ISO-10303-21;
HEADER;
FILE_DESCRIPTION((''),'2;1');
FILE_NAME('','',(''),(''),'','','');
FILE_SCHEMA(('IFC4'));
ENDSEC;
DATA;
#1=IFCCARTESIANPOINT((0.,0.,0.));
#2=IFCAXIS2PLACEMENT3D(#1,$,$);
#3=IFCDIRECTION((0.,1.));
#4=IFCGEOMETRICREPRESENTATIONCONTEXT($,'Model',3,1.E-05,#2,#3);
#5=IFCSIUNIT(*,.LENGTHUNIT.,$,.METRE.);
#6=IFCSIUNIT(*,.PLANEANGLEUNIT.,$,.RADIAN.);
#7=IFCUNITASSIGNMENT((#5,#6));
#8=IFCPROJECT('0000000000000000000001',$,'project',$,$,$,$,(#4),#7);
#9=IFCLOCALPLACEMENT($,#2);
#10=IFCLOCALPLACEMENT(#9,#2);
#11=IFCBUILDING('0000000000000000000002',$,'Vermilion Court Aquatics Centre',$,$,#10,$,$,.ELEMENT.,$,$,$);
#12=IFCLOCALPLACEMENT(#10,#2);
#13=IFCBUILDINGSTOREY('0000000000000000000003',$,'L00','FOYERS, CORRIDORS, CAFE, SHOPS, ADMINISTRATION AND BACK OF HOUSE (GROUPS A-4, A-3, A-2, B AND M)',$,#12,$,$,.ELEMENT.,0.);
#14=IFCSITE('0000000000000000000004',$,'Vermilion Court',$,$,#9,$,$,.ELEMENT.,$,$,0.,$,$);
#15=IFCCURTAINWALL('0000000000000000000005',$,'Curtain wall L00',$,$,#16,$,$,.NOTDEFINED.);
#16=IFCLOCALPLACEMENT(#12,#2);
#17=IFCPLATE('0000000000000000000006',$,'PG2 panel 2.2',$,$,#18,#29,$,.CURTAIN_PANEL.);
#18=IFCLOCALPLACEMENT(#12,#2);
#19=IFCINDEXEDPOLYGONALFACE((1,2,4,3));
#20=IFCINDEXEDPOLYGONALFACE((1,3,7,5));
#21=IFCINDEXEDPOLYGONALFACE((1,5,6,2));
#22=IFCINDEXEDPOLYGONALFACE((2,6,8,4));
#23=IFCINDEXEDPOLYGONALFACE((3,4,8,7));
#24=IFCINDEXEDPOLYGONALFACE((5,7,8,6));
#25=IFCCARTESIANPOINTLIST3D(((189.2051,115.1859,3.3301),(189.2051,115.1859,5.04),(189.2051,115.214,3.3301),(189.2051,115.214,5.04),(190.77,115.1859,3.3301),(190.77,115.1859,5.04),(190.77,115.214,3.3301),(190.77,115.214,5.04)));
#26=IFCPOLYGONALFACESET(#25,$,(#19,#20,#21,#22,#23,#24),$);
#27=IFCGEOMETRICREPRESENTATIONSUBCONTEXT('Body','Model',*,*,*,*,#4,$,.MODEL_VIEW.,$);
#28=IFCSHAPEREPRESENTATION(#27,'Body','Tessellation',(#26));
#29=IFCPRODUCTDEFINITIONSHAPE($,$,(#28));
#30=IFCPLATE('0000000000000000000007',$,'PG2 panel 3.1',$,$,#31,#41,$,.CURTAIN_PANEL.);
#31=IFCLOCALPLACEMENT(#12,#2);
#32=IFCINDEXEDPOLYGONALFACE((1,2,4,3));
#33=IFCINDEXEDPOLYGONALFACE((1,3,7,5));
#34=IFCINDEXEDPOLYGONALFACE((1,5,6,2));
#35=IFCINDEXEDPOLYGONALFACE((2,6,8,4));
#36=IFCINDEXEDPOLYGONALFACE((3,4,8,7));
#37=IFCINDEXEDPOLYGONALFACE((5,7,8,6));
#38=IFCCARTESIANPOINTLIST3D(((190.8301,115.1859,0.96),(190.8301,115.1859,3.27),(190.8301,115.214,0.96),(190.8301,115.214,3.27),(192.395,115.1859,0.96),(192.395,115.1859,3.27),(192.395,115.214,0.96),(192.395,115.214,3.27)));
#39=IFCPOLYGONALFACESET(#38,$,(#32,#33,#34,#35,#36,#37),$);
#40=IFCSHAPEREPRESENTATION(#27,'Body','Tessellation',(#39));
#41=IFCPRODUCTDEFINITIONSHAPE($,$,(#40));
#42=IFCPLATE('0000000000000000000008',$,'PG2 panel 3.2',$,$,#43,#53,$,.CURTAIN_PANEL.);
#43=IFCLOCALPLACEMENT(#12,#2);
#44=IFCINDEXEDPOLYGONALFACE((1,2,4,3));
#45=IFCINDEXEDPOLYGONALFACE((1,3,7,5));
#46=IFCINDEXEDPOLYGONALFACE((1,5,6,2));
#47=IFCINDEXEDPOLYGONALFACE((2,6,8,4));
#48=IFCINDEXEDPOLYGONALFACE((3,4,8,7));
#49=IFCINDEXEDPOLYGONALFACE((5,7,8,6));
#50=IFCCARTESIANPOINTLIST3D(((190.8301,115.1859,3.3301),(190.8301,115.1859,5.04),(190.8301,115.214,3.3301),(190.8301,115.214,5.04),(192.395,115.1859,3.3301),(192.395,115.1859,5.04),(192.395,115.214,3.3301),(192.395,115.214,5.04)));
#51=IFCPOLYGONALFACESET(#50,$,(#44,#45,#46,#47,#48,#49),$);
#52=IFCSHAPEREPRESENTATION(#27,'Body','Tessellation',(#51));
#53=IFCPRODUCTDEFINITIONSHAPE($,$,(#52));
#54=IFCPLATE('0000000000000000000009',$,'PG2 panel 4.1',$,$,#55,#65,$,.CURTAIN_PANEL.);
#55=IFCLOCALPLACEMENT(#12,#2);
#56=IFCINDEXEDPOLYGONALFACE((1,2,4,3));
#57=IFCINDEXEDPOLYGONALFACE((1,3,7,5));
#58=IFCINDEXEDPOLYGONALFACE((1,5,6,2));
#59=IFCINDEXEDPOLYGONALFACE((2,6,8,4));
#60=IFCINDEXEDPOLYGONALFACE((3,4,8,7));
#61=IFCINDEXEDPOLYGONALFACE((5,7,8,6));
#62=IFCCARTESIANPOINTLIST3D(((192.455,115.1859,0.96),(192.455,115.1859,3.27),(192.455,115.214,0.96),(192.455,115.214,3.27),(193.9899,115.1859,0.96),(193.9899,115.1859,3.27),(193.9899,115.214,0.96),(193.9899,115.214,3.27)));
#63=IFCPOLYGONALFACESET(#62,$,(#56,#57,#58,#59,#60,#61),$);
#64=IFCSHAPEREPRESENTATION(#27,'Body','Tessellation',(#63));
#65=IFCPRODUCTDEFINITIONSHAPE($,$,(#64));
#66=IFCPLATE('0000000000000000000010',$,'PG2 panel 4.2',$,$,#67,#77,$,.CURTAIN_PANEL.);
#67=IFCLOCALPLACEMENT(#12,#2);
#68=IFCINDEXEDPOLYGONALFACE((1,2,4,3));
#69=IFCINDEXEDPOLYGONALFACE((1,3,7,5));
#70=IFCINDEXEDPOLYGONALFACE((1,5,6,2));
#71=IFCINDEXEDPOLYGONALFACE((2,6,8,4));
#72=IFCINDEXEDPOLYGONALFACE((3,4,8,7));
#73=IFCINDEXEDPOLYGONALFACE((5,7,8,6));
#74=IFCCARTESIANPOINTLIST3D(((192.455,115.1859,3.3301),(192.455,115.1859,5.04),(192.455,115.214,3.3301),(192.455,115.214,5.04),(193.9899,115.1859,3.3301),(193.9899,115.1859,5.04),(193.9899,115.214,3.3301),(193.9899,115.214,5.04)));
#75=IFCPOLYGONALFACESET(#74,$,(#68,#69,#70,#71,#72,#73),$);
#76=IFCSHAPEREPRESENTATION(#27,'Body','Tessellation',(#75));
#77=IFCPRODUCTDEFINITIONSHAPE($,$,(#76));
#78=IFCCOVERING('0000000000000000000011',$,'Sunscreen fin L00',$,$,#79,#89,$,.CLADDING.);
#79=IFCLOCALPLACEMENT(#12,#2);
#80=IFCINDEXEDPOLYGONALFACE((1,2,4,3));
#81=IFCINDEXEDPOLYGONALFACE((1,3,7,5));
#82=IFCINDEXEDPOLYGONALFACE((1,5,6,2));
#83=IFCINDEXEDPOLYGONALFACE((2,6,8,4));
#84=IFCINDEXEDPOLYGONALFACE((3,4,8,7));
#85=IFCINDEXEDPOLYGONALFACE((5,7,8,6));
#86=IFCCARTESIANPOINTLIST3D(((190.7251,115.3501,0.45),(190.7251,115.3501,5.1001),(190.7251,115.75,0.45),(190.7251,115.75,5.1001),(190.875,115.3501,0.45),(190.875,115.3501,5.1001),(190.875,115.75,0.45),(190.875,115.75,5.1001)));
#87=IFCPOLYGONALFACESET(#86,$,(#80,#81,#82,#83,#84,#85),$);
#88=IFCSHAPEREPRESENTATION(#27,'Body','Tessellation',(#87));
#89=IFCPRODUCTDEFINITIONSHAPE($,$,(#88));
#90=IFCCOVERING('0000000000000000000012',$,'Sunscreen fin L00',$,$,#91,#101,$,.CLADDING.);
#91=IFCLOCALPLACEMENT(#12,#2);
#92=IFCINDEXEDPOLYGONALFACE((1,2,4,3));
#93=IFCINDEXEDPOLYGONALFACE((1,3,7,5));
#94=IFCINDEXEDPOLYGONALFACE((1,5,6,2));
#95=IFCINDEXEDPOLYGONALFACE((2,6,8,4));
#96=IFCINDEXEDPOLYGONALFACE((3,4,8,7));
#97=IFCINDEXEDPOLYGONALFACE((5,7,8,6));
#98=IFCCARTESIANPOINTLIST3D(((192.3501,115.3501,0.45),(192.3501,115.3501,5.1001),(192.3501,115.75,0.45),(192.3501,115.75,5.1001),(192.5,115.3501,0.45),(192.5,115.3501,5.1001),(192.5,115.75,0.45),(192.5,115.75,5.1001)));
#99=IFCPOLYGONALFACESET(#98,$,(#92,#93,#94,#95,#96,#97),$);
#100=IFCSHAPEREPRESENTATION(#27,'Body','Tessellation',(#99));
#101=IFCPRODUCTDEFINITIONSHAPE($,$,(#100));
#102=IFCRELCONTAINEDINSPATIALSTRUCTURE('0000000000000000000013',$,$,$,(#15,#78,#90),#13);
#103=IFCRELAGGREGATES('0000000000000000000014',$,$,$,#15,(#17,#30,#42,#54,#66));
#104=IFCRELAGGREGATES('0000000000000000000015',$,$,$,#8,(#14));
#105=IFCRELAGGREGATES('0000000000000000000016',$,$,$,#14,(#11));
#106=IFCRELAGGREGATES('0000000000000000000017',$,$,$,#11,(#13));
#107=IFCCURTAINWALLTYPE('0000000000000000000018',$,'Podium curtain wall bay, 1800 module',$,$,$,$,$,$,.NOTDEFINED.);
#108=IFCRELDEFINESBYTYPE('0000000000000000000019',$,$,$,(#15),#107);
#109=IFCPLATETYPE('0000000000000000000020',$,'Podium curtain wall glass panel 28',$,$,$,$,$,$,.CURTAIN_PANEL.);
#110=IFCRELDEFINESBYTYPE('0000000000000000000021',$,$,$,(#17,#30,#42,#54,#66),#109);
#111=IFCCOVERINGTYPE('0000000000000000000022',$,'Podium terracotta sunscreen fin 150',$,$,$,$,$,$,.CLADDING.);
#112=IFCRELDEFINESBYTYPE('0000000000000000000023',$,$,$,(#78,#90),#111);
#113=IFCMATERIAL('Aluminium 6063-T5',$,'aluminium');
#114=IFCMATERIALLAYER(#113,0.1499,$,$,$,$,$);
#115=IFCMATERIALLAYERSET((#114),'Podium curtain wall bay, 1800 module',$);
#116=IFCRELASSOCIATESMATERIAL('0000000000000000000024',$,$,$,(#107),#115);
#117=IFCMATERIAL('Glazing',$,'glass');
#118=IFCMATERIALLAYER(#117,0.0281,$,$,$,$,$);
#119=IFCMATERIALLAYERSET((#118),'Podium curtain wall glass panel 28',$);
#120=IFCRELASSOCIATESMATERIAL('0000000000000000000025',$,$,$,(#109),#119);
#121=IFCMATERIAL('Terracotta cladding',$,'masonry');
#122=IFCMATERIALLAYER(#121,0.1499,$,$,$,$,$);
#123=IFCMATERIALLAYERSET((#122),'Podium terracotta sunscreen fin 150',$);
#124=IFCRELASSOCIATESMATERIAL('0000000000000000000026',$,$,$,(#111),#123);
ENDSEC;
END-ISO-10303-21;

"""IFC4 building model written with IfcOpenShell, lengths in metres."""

from ifc_helpers import new_model, si_unit, direction, frame, frame_2d, origin, origin_2d, place, context, subcontext, project, spatial, rectangle, extrude, material, layer, layer_set, type_object, element, aggregate, save


model = new_model("IFC4")

# Units and contexts
model_context = context("Model", 3, precision=1e-05, world=origin(), true_north=direction((0.0, 1.0)))
body_context = subcontext(model_context, "Body", "Model", "MODEL_VIEW")
ifc_project = project(units=[si_unit("LENGTHUNIT", "METRE"), si_unit("PLANEANGLEUNIT", "RADIAN")], contexts=[model_context])

# Site, building, storey
site_placement = place(None, origin())
site = spatial("IfcSite", under=ifc_project, at=site_placement, Name="Vermilion Court", CompositionType="ELEMENT", RefElevation=0.0)
building_placement = place(site_placement, origin())
building = spatial("IfcBuilding", under=site, at=building_placement, Name="Vermilion Court Aquatics Centre", CompositionType="ELEMENT")
storey_placement = place(building_placement, origin())
storey = spatial("IfcBuildingStorey", under=building, at=storey_placement, Name="L00", Description="FOYERS, CORRIDORS, CAFE, SHOPS, ADMINISTRATION AND BACK OF HOUSE (GROUPS A-4, A-3, A-2, B AND M)", CompositionType="ELEMENT", Elevation=0.0)

# Curtain wall, plates
ifc_material_1 = material(Name="Aluminium 6063-T5", Category="aluminium")
ifc_layer_1 = layer(ifc_material_1, 0.1499)
ifc_layer_set_1 = layer_set([ifc_layer_1], Name="Podium curtain wall bay, 1800 module")
curtain_wall_type = type_object("IfcCurtainWallType", Name="Podium curtain wall bay, 1800 module", PredefinedType="NOTDEFINED", material=ifc_layer_set_1)
curtain_wall_placement = place(storey_placement, origin())
curtain_wall = element("IfcCurtainWall", 1, at=curtain_wall_placement, inside=storey, type_object=curtain_wall_type, Name="Curtain wall L00", PredefinedType="NOTDEFINED")
ifc_material_2 = material(Name="Glazing", Category="glass")
ifc_layer_2 = layer(ifc_material_2, 0.0281)
ifc_layer_set_2 = layer_set([ifc_layer_2], Name="Podium curtain wall glass panel 28")
plate_type = type_object("IfcPlateType", Name="Podium curtain wall glass panel 28", PredefinedType="CURTAIN_PANEL", material=ifc_layer_set_2)
plate_1_placement = place(storey_placement, frame((189.9875, 115.2, 3.3301), z_axis=(0.0, 0.0, 1.0), x_axis=(1.0, 0.0, 0.0)))
plate_1 = element("IfcPlate", 2, at=plate_1_placement, type_object=plate_type, Name="PG2 panel 2.2", PredefinedType="CURTAIN_PANEL", context=body_context, shape_type="SweptSolid", body=[
    extrude(rectangle(XDim=1.5649, YDim=0.0281, at=origin_2d()), origin(), (0.0, 0.0, 1.0), 1.71),
])
plate_2_placement = place(storey_placement, frame((191.6125, 115.2, 0.96), z_axis=(0.0, 0.0, 1.0), x_axis=(1.0, 0.0, 0.0)))
plate_2 = element("IfcPlate", 3, at=plate_2_placement, type_object=plate_type, Name="PG2 panel 3.1", PredefinedType="CURTAIN_PANEL", context=body_context, shape_type="SweptSolid", body=[
    extrude(rectangle(XDim=1.5649, YDim=0.0281, at=origin_2d()), origin(), (0.0, 0.0, 1.0), 2.3101),
])
plate_3_placement = place(storey_placement, frame((191.6125, 115.2, 3.3301), z_axis=(0.0, 0.0, 1.0), x_axis=(1.0, 0.0, 0.0)))
plate_3 = element("IfcPlate", 4, at=plate_3_placement, type_object=plate_type, Name="PG2 panel 3.2", PredefinedType="CURTAIN_PANEL", context=body_context, shape_type="SweptSolid", body=[
    extrude(rectangle(XDim=1.5649, YDim=0.0281, at=origin_2d()), origin(), (0.0, 0.0, 1.0), 1.71),
])
plate_4_placement = place(storey_placement, frame((193.2224, 115.2, 0.96), z_axis=(0.0, 0.0, 1.0), x_axis=(1.0, 0.0, 0.0)))
plate_4 = element("IfcPlate", 5, at=plate_4_placement, type_object=plate_type, Name="PG2 panel 4.1", PredefinedType="CURTAIN_PANEL", context=body_context, shape_type="SweptSolid", body=[
    extrude(rectangle(XDim=1.5349, YDim=0.0281, at=origin_2d()), origin(), (0.0, 0.0, 1.0), 2.3101),
])
plate_5_placement = place(storey_placement, frame((193.2224, 115.2, 3.3301), z_axis=(0.0, 0.0, 1.0), x_axis=(1.0, 0.0, 0.0)))
plate_5 = element("IfcPlate", 6, at=plate_5_placement, type_object=plate_type, Name="PG2 panel 4.2", PredefinedType="CURTAIN_PANEL", context=body_context, shape_type="SweptSolid", body=[
    extrude(rectangle(XDim=1.5349, YDim=0.0281, at=origin_2d()), origin(), (0.0, 0.0, 1.0), 1.71),
])
aggregate(curtain_wall, [plate_1, plate_2, plate_3, plate_4, plate_5])

# Coverings
ifc_material_3 = material(Name="Terracotta cladding", Category="masonry")
ifc_layer_3 = layer(ifc_material_3, 0.1499)
ifc_layer_set_3 = layer_set([ifc_layer_3], Name="Podium terracotta sunscreen fin 150")
covering_type = type_object("IfcCoveringType", Name="Podium terracotta sunscreen fin 150", PredefinedType="CLADDING", material=ifc_layer_set_3)
for number, where, z_axis, x_axis, name in (
    (7, (190.8, 115.3501, 0.45), (0.0, 0.0, 1.0), (0.0, 1.0, 0.0), "Sunscreen fin L00"),
    (8, (192.425, 115.3501, 0.45), (0.0, 0.0, 1.0), (0.0, 1.0, 0.0), "Sunscreen fin L00"),
):
    element("IfcCovering", number, at=place(storey_placement, frame(where, z_axis=z_axis, x_axis=x_axis)), inside=storey, type_object=covering_type, Name=name, PredefinedType="CLADDING", context=body_context, shape_type="SweptSolid", body=[
        extrude(rectangle(XDim=0.3999, YDim=0.1499, at=frame_2d((0.2, 0.0))), origin(), (0.0, 0.0, 1.0), 4.6501),
    ])

save(model, "model.ifc")
